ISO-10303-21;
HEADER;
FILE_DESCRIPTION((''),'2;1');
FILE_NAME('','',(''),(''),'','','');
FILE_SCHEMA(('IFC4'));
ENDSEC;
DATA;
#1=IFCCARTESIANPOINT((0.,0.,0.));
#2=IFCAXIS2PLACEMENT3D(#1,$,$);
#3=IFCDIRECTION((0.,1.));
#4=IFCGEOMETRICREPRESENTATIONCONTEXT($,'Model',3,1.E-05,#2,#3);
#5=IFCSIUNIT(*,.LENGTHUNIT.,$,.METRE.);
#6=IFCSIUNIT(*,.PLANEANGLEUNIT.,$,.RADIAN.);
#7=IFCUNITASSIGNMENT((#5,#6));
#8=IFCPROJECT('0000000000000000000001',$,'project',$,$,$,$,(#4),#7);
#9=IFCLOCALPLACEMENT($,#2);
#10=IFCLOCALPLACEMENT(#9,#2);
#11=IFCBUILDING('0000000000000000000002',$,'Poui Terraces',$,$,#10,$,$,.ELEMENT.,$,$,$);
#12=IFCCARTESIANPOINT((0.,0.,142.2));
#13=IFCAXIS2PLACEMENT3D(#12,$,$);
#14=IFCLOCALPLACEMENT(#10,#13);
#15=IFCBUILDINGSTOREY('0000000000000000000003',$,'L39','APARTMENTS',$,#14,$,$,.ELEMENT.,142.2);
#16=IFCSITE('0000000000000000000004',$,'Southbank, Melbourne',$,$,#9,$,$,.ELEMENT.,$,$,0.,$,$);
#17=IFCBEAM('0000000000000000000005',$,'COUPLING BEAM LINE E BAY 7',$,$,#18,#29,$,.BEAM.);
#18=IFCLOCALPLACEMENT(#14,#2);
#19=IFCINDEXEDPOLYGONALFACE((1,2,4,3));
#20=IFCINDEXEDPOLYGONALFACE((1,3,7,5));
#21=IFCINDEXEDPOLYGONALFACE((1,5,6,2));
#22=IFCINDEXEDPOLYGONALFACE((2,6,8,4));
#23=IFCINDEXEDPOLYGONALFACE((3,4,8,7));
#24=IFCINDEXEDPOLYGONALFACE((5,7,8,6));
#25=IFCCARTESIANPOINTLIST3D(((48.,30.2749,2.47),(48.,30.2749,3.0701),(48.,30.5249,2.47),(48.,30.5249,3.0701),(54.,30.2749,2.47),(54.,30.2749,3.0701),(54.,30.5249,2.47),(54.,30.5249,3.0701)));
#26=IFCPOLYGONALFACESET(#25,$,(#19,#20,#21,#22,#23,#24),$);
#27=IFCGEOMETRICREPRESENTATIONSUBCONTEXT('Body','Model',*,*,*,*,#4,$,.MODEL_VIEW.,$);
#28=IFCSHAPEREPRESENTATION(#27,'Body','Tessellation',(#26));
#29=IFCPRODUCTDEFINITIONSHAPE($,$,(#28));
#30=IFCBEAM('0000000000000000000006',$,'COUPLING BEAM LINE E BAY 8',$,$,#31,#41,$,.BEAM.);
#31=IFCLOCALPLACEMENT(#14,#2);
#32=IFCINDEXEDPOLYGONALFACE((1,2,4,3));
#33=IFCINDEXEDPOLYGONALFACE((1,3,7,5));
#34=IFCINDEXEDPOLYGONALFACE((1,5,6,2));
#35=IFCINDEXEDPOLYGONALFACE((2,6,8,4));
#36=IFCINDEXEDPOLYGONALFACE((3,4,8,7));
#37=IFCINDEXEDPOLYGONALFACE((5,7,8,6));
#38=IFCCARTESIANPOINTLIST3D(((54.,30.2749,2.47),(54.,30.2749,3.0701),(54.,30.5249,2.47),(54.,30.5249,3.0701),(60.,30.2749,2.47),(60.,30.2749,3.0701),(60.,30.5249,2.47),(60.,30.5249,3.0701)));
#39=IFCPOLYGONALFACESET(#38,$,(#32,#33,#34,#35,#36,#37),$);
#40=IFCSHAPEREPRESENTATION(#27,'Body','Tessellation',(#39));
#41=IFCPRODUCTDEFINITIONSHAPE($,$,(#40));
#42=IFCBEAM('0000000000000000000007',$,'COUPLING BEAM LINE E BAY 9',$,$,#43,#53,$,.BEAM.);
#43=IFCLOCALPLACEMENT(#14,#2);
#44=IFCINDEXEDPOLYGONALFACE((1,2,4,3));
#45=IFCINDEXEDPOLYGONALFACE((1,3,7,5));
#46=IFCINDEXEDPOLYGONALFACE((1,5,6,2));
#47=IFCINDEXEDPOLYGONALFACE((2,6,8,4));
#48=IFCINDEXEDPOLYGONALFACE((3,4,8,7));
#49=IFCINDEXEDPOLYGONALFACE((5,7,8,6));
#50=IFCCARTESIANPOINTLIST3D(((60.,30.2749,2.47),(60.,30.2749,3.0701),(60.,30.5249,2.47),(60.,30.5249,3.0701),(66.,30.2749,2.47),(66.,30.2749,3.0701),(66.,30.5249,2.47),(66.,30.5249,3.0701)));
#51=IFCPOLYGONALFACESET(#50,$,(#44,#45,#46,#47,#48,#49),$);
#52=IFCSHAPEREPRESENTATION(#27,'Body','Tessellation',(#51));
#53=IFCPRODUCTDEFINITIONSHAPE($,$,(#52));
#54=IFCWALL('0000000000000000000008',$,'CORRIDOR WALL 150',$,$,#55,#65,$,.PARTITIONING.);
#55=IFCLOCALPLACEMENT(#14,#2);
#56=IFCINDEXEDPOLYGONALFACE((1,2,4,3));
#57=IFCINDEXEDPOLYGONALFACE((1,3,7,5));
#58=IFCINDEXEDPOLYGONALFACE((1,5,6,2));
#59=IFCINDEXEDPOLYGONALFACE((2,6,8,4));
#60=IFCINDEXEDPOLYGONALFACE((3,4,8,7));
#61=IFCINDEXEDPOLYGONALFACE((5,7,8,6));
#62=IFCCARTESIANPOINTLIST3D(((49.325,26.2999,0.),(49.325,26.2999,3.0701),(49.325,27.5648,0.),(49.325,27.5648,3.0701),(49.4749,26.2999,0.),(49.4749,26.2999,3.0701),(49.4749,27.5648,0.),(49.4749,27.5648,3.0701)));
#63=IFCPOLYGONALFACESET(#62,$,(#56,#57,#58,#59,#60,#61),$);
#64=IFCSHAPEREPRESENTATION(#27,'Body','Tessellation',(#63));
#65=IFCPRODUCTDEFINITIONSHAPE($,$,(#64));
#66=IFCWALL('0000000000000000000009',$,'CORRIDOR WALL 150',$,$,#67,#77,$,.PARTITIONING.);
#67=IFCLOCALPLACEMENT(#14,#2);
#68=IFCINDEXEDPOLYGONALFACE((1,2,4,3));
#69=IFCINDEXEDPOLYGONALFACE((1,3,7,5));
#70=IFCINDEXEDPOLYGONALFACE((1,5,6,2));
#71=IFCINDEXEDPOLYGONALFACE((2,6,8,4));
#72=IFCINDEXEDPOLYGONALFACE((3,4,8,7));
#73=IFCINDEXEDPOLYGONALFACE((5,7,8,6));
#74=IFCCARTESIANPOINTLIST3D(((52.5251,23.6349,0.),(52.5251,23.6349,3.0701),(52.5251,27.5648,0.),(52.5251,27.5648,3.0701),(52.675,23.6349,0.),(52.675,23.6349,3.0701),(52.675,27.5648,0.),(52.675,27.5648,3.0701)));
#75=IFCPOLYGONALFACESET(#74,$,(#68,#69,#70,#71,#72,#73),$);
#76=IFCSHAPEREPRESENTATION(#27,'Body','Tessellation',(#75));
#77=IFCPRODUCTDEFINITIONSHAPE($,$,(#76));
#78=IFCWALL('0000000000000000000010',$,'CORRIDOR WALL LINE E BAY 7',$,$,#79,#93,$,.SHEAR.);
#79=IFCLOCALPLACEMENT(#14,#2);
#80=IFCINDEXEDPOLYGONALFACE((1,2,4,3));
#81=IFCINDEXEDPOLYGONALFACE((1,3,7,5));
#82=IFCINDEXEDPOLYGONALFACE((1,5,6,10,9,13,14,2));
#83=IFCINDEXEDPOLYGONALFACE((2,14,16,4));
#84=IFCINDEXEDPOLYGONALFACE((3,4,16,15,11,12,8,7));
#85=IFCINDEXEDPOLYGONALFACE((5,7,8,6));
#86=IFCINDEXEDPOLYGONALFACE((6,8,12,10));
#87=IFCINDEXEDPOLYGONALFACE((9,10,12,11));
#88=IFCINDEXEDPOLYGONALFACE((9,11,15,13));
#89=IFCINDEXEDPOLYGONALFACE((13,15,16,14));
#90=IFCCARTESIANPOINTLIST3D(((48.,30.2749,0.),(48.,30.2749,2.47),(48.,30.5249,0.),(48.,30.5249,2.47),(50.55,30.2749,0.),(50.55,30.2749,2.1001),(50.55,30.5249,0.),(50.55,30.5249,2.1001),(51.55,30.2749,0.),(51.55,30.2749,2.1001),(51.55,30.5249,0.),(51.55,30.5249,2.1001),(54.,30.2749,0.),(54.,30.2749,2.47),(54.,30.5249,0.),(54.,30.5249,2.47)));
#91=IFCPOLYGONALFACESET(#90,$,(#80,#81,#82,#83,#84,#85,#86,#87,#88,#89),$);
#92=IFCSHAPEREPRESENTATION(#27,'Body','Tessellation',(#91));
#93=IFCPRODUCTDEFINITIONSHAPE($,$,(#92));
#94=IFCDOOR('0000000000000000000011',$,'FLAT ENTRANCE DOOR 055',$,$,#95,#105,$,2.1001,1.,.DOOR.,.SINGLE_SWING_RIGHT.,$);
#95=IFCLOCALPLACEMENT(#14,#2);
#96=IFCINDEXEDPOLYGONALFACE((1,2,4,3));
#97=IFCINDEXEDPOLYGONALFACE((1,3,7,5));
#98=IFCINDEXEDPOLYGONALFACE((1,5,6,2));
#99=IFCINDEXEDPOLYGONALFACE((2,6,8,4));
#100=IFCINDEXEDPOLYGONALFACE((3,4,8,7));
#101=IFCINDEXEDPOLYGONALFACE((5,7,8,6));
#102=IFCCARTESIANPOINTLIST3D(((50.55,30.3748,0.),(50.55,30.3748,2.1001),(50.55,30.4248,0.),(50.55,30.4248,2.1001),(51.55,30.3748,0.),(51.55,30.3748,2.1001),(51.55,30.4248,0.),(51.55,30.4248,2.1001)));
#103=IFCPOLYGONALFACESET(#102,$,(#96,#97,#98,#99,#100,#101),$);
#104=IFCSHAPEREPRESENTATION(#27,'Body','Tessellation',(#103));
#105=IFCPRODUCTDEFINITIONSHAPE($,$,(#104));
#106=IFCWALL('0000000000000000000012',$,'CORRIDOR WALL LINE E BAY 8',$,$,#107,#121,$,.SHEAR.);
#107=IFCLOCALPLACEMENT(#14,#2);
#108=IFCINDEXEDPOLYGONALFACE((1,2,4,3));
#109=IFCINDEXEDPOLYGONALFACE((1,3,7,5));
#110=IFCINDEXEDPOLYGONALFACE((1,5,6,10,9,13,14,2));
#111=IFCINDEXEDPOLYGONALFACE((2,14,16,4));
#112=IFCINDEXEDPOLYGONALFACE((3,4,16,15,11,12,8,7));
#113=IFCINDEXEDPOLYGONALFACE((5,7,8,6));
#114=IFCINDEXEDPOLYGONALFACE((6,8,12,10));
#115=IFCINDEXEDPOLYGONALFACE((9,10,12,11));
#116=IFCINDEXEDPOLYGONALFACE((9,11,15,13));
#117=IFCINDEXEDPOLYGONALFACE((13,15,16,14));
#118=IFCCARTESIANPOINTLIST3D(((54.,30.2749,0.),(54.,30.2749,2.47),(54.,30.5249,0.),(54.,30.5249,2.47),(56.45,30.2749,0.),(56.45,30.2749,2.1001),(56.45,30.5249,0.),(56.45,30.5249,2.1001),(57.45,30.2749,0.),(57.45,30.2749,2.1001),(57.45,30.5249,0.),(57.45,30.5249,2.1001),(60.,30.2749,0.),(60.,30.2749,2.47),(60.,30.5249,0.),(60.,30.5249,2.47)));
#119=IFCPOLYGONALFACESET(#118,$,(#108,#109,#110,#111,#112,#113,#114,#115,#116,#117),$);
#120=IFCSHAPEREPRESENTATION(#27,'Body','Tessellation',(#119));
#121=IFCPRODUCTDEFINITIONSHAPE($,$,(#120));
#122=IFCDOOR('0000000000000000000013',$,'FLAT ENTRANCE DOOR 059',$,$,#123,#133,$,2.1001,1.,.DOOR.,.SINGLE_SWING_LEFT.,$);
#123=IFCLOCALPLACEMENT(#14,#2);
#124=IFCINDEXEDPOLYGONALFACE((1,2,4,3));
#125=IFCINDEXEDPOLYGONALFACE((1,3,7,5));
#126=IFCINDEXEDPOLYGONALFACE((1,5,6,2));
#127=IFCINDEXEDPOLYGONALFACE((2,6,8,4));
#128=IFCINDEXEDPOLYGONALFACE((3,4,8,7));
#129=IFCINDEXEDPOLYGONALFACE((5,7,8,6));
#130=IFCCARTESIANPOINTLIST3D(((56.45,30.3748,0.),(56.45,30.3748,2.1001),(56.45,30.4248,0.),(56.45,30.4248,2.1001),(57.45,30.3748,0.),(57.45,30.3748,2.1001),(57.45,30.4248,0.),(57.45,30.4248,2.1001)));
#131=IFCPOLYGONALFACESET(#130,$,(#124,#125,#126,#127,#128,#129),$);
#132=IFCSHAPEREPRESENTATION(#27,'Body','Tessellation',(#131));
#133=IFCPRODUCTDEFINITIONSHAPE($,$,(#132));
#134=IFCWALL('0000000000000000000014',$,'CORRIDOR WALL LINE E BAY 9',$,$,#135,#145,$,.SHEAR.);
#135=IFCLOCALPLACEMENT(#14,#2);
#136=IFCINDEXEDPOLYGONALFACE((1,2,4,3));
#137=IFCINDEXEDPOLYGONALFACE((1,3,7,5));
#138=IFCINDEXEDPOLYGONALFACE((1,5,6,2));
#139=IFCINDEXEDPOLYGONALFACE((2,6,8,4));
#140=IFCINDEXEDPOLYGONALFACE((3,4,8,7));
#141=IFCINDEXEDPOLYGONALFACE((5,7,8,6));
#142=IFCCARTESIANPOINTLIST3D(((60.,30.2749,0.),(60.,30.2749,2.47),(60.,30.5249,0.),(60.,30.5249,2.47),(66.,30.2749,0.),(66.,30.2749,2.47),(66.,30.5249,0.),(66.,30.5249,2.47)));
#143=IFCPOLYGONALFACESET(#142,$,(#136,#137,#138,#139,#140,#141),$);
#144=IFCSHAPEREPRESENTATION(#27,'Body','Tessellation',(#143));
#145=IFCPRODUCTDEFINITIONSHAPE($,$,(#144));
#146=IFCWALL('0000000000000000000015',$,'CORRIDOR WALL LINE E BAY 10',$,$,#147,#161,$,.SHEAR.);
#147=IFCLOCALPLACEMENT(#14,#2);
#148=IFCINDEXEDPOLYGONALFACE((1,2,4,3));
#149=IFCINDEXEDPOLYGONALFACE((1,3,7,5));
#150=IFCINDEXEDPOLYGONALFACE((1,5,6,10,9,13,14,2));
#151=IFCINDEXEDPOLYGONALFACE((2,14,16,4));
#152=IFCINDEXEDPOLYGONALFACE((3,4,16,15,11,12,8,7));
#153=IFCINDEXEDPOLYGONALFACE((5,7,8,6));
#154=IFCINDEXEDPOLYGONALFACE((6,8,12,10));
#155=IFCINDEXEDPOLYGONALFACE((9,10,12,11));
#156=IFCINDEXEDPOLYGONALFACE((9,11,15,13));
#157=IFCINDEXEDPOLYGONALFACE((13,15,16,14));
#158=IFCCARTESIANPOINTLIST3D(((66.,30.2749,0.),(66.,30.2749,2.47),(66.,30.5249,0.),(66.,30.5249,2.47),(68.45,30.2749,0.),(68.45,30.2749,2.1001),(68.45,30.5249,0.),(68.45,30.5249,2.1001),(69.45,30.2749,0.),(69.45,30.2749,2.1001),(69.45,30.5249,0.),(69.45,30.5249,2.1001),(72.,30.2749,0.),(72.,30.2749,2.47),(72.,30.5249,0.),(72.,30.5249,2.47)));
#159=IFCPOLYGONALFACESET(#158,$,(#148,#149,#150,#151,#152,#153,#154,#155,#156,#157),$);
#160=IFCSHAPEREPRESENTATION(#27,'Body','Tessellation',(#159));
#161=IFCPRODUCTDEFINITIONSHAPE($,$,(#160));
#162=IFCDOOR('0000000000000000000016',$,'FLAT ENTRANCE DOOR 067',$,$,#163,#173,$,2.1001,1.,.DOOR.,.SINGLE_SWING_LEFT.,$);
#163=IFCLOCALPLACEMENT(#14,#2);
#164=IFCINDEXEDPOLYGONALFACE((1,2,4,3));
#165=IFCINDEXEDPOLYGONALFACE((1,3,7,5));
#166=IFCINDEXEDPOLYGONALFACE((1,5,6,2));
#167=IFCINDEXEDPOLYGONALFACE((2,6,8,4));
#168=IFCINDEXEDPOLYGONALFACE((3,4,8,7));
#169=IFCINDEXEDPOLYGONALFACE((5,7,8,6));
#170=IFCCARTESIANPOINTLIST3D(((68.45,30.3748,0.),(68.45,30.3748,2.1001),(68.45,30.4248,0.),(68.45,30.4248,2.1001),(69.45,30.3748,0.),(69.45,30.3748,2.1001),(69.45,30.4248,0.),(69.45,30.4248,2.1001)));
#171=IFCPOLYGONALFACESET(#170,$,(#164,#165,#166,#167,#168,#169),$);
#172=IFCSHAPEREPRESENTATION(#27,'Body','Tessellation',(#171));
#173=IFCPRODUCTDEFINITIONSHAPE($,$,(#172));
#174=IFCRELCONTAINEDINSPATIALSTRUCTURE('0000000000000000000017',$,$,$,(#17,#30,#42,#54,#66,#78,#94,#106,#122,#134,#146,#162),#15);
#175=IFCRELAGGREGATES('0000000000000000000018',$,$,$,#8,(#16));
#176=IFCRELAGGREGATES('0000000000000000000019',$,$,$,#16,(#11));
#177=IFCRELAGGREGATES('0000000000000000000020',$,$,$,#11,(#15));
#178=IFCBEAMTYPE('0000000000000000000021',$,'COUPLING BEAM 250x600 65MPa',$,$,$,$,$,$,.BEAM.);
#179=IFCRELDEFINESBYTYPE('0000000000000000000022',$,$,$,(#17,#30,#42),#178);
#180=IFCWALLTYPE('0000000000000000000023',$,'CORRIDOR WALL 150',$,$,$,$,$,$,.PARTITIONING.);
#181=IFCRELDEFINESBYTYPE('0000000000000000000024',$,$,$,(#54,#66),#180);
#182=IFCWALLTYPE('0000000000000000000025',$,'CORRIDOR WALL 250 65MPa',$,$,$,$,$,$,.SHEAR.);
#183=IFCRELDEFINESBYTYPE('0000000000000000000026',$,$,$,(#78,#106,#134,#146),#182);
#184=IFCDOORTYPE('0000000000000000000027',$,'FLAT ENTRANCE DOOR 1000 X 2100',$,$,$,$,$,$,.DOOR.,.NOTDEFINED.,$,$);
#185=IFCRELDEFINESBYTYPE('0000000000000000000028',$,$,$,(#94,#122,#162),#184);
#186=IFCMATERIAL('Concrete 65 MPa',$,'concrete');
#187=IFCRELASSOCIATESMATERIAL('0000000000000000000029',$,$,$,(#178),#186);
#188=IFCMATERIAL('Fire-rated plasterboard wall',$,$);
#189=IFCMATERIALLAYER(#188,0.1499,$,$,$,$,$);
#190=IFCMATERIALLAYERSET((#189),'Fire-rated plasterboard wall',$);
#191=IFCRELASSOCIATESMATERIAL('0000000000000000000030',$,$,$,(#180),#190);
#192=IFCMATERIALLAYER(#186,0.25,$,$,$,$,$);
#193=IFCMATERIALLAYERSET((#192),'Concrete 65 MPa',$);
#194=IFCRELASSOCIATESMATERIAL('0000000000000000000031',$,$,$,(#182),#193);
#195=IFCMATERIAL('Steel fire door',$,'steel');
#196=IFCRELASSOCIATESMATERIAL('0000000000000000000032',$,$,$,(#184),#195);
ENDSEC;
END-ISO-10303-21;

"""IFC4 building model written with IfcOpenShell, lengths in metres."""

from ifc_helpers import new_model, si_unit, direction, frame, frame_2d, origin, origin_2d, place, context, subcontext, project, spatial, rectangle, extrude, source, transform, mapped, material, layer, layer_set, material_profile, profile_set, type_object, element, fill, save


model = new_model("IFC4")

# Units and contexts
model_context = context("Model", 3, precision=1e-05, world=origin(), true_north=direction((0.0, 1.0)))
body_context = subcontext(model_context, "Body", "Model", "MODEL_VIEW")
ifc_project = project(units=[si_unit("LENGTHUNIT", "METRE"), si_unit("PLANEANGLEUNIT", "RADIAN")], contexts=[model_context])

# Site, building, storey
site_placement = place(None, origin())
site = spatial("IfcSite", under=ifc_project, at=site_placement, Name="Southbank, Melbourne", CompositionType="ELEMENT", RefElevation=0.0)
building_placement = place(site_placement, origin())
building = spatial("IfcBuilding", under=site, at=building_placement, Name="Poui Terraces", CompositionType="ELEMENT")
storey_placement = place(building_placement, frame((0.0, 0.0, 142.2)))
storey = spatial("IfcBuildingStorey", under=building, at=storey_placement, Name="L39", Description="APARTMENTS", CompositionType="ELEMENT", Elevation=142.2)

# Beams
ifc_material_1 = material(Name="Concrete 65 MPa", Category="concrete")
ifc_material_profile = material_profile(ifc_material_1, rectangle(XDim=0.25, YDim=0.6001, at=origin_2d()), Name="RC 250x600")
ifc_profile_set = profile_set([ifc_material_profile], Name="Concrete 65 MPa")
beam_type = type_object("IfcBeamType", Name="COUPLING BEAM 250x600 65MPa", PredefinedType="BEAM", material=ifc_profile_set)
shared_shape = source(origin(), body_context, "Body", "SweptSolid", [
    extrude(rectangle(XDim=0.25, YDim=0.6001, at=origin_2d()), origin(), (0.0, 0.0, 1.0), 6.0),
])
for number, where, z_axis, x_axis, name in (
    (1, (48.0, 30.3999, 2.77), (1.0, 0.0, 0.0), (0.0, 1.0, 0.0), "COUPLING BEAM LINE E BAY 7"),
    (2, (54.0, 30.3999, 2.77), (1.0, 0.0, 0.0), (0.0, 1.0, 0.0), "COUPLING BEAM LINE E BAY 8"),
    (3, (60.0, 30.3999, 2.77), (1.0, 0.0, 0.0), (0.0, 1.0, 0.0), "COUPLING BEAM LINE E BAY 9"),
):
    element("IfcBeam", number, at=place(storey_placement, frame(where, z_axis=z_axis, x_axis=x_axis)), inside=storey, type_object=beam_type, Name=name, PredefinedType="BEAM", context=body_context, shape_type="MappedRepresentation", body=[
        mapped(shared_shape, transform((0.0, 0.0, 0.0))),
    ])

# Walls
ifc_material_2 = material(Name="Fire-rated plasterboard wall")
ifc_layer_1 = layer(ifc_material_2, 0.1499)
ifc_layer_set_1 = layer_set([ifc_layer_1], Name="Fire-rated plasterboard wall")
wall_type_1 = type_object("IfcWallType", Name="CORRIDOR WALL 150", PredefinedType="PARTITIONING", material=ifc_layer_set_1)
wall_1_placement = place(storey_placement, frame((49.3999, 26.3, 0.0), z_axis=(0.0, 0.0, 1.0), x_axis=(0.0, 1.0, 0.0)))
element("IfcWall", 4, at=wall_1_placement, inside=storey, type_object=wall_type_1, Name="CORRIDOR WALL 150", PredefinedType="PARTITIONING", context=body_context, shape_type="SweptSolid", body=[
    extrude(rectangle(XDim=1.2649, YDim=0.1499, at=frame_2d((0.6323, 0.0))), origin(), (0.0, 0.0, 1.0), 3.0701),
])
wall_2_placement = place(storey_placement, frame((52.6001, 23.635, 0.0), z_axis=(0.0, 0.0, 1.0), x_axis=(0.0, 1.0, 0.0)))
element("IfcWall", 5, at=wall_2_placement, inside=storey, type_object=wall_type_1, Name="CORRIDOR WALL 150", PredefinedType="PARTITIONING", context=body_context, shape_type="SweptSolid", body=[
    extrude(rectangle(XDim=3.9299, YDim=0.1499, at=frame_2d((1.9648, 0.0))), origin(), (0.0, 0.0, 1.0), 3.0701),
])

# Walls, openings, doors
ifc_layer_2 = layer(ifc_material_1, 0.25)
ifc_layer_set_2 = layer_set([ifc_layer_2], Name="Concrete 65 MPa")
wall_type_2 = type_object("IfcWallType", Name="CORRIDOR WALL 250 65MPa", PredefinedType="SHEAR", material=ifc_layer_set_2)
wall_3_placement = place(storey_placement, frame((48.0, 30.3999, 0.0), z_axis=(0.0, 0.0, 1.0), x_axis=(1.0, 0.0, 0.0)))
wall_3 = element("IfcWall", 6, at=wall_3_placement, inside=storey, type_object=wall_type_2, Name="CORRIDOR WALL LINE E BAY 7", PredefinedType="SHEAR", context=body_context, shape_type="SweptSolid", body=[
    extrude(rectangle(XDim=6.0, YDim=0.25, at=frame_2d((3.0, 0.0))), origin(), (0.0, 0.0, 1.0), 2.47),
])
opening_1_placement = place(wall_3_placement, frame((2.55, 0.0, 0.0)))
opening_1 = element("IfcOpeningElement", 7, at=opening_1_placement, cuts=wall_3, PredefinedType="OPENING", context=body_context, shape_type="SweptSolid", body=[
    extrude(rectangle(XDim=1.0, YDim=2.1001, at=frame_2d((0.5, 1.05))), frame((0.0, 0.135, 0.0), z_axis=(0.0, -1.0, 0.0), x_axis=(1.0, 0.0, 0.0)), (0.0, 0.0, 1.0), 0.27),
])
ifc_material_3 = material(Name="Steel fire door", Category="steel")
door_type_1 = type_object("IfcDoorType", Name="FLAT ENTRANCE DOOR 1000 X 2100", OperationType="NOTDEFINED", PredefinedType="DOOR", material=ifc_material_3)
door_1_placement = place(opening_1_placement, origin())
door_1 = element("IfcDoor", 8, at=door_1_placement, inside=storey, type_object=door_type_1, Name="FLAT ENTRANCE DOOR 055", OperationType="SINGLE_SWING_RIGHT", OverallHeight=2.1001, OverallWidth=1.0, PredefinedType="DOOR", context=body_context, shape_type="SweptSolid", body=[
    extrude(rectangle(XDim=1.0, YDim=2.1001, at=frame_2d((0.5, 1.05))), frame((0.0, 0.0249, 0.0), z_axis=(0.0, -1.0, 0.0), x_axis=(1.0, 0.0, 0.0)), (0.0, 0.0, 1.0), 0.05),
])
fill(opening_1, door_1)
wall_4_placement = place(storey_placement, frame((54.0, 30.3999, 0.0), z_axis=(0.0, 0.0, 1.0), x_axis=(1.0, 0.0, 0.0)))
wall_4 = element("IfcWall", 9, at=wall_4_placement, inside=storey, type_object=wall_type_2, Name="CORRIDOR WALL LINE E BAY 8", PredefinedType="SHEAR", context=body_context, shape_type="SweptSolid", body=[
    extrude(rectangle(XDim=6.0, YDim=0.25, at=frame_2d((3.0, 0.0))), origin(), (0.0, 0.0, 1.0), 2.47),
])
opening_2_placement = place(wall_4_placement, frame((2.45, 0.0, 0.0)))
opening_2 = element("IfcOpeningElement", 10, at=opening_2_placement, cuts=wall_4, PredefinedType="OPENING", context=body_context, shape_type="SweptSolid", body=[
    extrude(rectangle(XDim=1.0, YDim=2.1001, at=frame_2d((0.5, 1.05))), frame((0.0, 0.135, 0.0), z_axis=(0.0, -1.0, 0.0), x_axis=(1.0, 0.0, 0.0)), (0.0, 0.0, 1.0), 0.27),
])
door_2_placement = place(opening_2_placement, origin())
door_2 = element("IfcDoor", 11, at=door_2_placement, inside=storey, type_object=door_type_1, Name="FLAT ENTRANCE DOOR 059", OperationType="SINGLE_SWING_LEFT", OverallHeight=2.1001, OverallWidth=1.0, PredefinedType="DOOR", context=body_context, shape_type="SweptSolid", body=[
    extrude(rectangle(XDim=1.0, YDim=2.1001, at=frame_2d((0.5, 1.05))), frame((0.0, 0.0249, 0.0), z_axis=(0.0, -1.0, 0.0), x_axis=(1.0, 0.0, 0.0)), (0.0, 0.0, 1.0), 0.05),
])
fill(opening_2, door_2)

# Wall
wall_5_placement = place(storey_placement, frame((60.0, 30.3999, 0.0), z_axis=(0.0, 0.0, 1.0), x_axis=(1.0, 0.0, 0.0)))
element("IfcWall", 12, at=wall_5_placement, inside=storey, type_object=wall_type_2, Name="CORRIDOR WALL LINE E BAY 9", PredefinedType="SHEAR", context=body_context, shape_type="SweptSolid", body=[
    extrude(rectangle(XDim=6.0, YDim=0.25, at=frame_2d((3.0, 0.0))), origin(), (0.0, 0.0, 1.0), 2.47),
])

# Wall, opening, door
wall_6_placement = place(storey_placement, frame((66.0, 30.3999, 0.0), z_axis=(0.0, 0.0, 1.0), x_axis=(1.0, 0.0, 0.0)))
wall_6 = element("IfcWall", 13, at=wall_6_placement, inside=storey, type_object=wall_type_2, Name="CORRIDOR WALL LINE E BAY 10", PredefinedType="SHEAR", context=body_context, shape_type="SweptSolid", body=[
    extrude(rectangle(XDim=6.0, YDim=0.25, at=frame_2d((3.0, 0.0))), origin(), (0.0, 0.0, 1.0), 2.47),
])
opening_3_placement = place(wall_6_placement, frame((2.45, 0.0, 0.0)))
opening_3 = element("IfcOpeningElement", 14, at=opening_3_placement, cuts=wall_6, PredefinedType="OPENING", context=body_context, shape_type="SweptSolid", body=[
    extrude(rectangle(XDim=1.0, YDim=2.1001, at=frame_2d((0.5, 1.05))), frame((0.0, 0.135, 0.0), z_axis=(0.0, -1.0, 0.0), x_axis=(1.0, 0.0, 0.0)), (0.0, 0.0, 1.0), 0.27),
])
door_3_placement = place(opening_3_placement, origin())
door_3 = element("IfcDoor", 15, at=door_3_placement, inside=storey, type_object=door_type_1, Name="FLAT ENTRANCE DOOR 067", OperationType="SINGLE_SWING_LEFT", OverallHeight=2.1001, OverallWidth=1.0, PredefinedType="DOOR", context=body_context, shape_type="SweptSolid", body=[
    extrude(rectangle(XDim=1.0, YDim=2.1001, at=frame_2d((0.5, 1.05))), frame((0.0, 0.0249, 0.0), z_axis=(0.0, -1.0, 0.0), x_axis=(1.0, 0.0, 0.0)), (0.0, 0.0, 1.0), 0.05),
])
fill(opening_3, door_3)

save(model, "model.ifc")
